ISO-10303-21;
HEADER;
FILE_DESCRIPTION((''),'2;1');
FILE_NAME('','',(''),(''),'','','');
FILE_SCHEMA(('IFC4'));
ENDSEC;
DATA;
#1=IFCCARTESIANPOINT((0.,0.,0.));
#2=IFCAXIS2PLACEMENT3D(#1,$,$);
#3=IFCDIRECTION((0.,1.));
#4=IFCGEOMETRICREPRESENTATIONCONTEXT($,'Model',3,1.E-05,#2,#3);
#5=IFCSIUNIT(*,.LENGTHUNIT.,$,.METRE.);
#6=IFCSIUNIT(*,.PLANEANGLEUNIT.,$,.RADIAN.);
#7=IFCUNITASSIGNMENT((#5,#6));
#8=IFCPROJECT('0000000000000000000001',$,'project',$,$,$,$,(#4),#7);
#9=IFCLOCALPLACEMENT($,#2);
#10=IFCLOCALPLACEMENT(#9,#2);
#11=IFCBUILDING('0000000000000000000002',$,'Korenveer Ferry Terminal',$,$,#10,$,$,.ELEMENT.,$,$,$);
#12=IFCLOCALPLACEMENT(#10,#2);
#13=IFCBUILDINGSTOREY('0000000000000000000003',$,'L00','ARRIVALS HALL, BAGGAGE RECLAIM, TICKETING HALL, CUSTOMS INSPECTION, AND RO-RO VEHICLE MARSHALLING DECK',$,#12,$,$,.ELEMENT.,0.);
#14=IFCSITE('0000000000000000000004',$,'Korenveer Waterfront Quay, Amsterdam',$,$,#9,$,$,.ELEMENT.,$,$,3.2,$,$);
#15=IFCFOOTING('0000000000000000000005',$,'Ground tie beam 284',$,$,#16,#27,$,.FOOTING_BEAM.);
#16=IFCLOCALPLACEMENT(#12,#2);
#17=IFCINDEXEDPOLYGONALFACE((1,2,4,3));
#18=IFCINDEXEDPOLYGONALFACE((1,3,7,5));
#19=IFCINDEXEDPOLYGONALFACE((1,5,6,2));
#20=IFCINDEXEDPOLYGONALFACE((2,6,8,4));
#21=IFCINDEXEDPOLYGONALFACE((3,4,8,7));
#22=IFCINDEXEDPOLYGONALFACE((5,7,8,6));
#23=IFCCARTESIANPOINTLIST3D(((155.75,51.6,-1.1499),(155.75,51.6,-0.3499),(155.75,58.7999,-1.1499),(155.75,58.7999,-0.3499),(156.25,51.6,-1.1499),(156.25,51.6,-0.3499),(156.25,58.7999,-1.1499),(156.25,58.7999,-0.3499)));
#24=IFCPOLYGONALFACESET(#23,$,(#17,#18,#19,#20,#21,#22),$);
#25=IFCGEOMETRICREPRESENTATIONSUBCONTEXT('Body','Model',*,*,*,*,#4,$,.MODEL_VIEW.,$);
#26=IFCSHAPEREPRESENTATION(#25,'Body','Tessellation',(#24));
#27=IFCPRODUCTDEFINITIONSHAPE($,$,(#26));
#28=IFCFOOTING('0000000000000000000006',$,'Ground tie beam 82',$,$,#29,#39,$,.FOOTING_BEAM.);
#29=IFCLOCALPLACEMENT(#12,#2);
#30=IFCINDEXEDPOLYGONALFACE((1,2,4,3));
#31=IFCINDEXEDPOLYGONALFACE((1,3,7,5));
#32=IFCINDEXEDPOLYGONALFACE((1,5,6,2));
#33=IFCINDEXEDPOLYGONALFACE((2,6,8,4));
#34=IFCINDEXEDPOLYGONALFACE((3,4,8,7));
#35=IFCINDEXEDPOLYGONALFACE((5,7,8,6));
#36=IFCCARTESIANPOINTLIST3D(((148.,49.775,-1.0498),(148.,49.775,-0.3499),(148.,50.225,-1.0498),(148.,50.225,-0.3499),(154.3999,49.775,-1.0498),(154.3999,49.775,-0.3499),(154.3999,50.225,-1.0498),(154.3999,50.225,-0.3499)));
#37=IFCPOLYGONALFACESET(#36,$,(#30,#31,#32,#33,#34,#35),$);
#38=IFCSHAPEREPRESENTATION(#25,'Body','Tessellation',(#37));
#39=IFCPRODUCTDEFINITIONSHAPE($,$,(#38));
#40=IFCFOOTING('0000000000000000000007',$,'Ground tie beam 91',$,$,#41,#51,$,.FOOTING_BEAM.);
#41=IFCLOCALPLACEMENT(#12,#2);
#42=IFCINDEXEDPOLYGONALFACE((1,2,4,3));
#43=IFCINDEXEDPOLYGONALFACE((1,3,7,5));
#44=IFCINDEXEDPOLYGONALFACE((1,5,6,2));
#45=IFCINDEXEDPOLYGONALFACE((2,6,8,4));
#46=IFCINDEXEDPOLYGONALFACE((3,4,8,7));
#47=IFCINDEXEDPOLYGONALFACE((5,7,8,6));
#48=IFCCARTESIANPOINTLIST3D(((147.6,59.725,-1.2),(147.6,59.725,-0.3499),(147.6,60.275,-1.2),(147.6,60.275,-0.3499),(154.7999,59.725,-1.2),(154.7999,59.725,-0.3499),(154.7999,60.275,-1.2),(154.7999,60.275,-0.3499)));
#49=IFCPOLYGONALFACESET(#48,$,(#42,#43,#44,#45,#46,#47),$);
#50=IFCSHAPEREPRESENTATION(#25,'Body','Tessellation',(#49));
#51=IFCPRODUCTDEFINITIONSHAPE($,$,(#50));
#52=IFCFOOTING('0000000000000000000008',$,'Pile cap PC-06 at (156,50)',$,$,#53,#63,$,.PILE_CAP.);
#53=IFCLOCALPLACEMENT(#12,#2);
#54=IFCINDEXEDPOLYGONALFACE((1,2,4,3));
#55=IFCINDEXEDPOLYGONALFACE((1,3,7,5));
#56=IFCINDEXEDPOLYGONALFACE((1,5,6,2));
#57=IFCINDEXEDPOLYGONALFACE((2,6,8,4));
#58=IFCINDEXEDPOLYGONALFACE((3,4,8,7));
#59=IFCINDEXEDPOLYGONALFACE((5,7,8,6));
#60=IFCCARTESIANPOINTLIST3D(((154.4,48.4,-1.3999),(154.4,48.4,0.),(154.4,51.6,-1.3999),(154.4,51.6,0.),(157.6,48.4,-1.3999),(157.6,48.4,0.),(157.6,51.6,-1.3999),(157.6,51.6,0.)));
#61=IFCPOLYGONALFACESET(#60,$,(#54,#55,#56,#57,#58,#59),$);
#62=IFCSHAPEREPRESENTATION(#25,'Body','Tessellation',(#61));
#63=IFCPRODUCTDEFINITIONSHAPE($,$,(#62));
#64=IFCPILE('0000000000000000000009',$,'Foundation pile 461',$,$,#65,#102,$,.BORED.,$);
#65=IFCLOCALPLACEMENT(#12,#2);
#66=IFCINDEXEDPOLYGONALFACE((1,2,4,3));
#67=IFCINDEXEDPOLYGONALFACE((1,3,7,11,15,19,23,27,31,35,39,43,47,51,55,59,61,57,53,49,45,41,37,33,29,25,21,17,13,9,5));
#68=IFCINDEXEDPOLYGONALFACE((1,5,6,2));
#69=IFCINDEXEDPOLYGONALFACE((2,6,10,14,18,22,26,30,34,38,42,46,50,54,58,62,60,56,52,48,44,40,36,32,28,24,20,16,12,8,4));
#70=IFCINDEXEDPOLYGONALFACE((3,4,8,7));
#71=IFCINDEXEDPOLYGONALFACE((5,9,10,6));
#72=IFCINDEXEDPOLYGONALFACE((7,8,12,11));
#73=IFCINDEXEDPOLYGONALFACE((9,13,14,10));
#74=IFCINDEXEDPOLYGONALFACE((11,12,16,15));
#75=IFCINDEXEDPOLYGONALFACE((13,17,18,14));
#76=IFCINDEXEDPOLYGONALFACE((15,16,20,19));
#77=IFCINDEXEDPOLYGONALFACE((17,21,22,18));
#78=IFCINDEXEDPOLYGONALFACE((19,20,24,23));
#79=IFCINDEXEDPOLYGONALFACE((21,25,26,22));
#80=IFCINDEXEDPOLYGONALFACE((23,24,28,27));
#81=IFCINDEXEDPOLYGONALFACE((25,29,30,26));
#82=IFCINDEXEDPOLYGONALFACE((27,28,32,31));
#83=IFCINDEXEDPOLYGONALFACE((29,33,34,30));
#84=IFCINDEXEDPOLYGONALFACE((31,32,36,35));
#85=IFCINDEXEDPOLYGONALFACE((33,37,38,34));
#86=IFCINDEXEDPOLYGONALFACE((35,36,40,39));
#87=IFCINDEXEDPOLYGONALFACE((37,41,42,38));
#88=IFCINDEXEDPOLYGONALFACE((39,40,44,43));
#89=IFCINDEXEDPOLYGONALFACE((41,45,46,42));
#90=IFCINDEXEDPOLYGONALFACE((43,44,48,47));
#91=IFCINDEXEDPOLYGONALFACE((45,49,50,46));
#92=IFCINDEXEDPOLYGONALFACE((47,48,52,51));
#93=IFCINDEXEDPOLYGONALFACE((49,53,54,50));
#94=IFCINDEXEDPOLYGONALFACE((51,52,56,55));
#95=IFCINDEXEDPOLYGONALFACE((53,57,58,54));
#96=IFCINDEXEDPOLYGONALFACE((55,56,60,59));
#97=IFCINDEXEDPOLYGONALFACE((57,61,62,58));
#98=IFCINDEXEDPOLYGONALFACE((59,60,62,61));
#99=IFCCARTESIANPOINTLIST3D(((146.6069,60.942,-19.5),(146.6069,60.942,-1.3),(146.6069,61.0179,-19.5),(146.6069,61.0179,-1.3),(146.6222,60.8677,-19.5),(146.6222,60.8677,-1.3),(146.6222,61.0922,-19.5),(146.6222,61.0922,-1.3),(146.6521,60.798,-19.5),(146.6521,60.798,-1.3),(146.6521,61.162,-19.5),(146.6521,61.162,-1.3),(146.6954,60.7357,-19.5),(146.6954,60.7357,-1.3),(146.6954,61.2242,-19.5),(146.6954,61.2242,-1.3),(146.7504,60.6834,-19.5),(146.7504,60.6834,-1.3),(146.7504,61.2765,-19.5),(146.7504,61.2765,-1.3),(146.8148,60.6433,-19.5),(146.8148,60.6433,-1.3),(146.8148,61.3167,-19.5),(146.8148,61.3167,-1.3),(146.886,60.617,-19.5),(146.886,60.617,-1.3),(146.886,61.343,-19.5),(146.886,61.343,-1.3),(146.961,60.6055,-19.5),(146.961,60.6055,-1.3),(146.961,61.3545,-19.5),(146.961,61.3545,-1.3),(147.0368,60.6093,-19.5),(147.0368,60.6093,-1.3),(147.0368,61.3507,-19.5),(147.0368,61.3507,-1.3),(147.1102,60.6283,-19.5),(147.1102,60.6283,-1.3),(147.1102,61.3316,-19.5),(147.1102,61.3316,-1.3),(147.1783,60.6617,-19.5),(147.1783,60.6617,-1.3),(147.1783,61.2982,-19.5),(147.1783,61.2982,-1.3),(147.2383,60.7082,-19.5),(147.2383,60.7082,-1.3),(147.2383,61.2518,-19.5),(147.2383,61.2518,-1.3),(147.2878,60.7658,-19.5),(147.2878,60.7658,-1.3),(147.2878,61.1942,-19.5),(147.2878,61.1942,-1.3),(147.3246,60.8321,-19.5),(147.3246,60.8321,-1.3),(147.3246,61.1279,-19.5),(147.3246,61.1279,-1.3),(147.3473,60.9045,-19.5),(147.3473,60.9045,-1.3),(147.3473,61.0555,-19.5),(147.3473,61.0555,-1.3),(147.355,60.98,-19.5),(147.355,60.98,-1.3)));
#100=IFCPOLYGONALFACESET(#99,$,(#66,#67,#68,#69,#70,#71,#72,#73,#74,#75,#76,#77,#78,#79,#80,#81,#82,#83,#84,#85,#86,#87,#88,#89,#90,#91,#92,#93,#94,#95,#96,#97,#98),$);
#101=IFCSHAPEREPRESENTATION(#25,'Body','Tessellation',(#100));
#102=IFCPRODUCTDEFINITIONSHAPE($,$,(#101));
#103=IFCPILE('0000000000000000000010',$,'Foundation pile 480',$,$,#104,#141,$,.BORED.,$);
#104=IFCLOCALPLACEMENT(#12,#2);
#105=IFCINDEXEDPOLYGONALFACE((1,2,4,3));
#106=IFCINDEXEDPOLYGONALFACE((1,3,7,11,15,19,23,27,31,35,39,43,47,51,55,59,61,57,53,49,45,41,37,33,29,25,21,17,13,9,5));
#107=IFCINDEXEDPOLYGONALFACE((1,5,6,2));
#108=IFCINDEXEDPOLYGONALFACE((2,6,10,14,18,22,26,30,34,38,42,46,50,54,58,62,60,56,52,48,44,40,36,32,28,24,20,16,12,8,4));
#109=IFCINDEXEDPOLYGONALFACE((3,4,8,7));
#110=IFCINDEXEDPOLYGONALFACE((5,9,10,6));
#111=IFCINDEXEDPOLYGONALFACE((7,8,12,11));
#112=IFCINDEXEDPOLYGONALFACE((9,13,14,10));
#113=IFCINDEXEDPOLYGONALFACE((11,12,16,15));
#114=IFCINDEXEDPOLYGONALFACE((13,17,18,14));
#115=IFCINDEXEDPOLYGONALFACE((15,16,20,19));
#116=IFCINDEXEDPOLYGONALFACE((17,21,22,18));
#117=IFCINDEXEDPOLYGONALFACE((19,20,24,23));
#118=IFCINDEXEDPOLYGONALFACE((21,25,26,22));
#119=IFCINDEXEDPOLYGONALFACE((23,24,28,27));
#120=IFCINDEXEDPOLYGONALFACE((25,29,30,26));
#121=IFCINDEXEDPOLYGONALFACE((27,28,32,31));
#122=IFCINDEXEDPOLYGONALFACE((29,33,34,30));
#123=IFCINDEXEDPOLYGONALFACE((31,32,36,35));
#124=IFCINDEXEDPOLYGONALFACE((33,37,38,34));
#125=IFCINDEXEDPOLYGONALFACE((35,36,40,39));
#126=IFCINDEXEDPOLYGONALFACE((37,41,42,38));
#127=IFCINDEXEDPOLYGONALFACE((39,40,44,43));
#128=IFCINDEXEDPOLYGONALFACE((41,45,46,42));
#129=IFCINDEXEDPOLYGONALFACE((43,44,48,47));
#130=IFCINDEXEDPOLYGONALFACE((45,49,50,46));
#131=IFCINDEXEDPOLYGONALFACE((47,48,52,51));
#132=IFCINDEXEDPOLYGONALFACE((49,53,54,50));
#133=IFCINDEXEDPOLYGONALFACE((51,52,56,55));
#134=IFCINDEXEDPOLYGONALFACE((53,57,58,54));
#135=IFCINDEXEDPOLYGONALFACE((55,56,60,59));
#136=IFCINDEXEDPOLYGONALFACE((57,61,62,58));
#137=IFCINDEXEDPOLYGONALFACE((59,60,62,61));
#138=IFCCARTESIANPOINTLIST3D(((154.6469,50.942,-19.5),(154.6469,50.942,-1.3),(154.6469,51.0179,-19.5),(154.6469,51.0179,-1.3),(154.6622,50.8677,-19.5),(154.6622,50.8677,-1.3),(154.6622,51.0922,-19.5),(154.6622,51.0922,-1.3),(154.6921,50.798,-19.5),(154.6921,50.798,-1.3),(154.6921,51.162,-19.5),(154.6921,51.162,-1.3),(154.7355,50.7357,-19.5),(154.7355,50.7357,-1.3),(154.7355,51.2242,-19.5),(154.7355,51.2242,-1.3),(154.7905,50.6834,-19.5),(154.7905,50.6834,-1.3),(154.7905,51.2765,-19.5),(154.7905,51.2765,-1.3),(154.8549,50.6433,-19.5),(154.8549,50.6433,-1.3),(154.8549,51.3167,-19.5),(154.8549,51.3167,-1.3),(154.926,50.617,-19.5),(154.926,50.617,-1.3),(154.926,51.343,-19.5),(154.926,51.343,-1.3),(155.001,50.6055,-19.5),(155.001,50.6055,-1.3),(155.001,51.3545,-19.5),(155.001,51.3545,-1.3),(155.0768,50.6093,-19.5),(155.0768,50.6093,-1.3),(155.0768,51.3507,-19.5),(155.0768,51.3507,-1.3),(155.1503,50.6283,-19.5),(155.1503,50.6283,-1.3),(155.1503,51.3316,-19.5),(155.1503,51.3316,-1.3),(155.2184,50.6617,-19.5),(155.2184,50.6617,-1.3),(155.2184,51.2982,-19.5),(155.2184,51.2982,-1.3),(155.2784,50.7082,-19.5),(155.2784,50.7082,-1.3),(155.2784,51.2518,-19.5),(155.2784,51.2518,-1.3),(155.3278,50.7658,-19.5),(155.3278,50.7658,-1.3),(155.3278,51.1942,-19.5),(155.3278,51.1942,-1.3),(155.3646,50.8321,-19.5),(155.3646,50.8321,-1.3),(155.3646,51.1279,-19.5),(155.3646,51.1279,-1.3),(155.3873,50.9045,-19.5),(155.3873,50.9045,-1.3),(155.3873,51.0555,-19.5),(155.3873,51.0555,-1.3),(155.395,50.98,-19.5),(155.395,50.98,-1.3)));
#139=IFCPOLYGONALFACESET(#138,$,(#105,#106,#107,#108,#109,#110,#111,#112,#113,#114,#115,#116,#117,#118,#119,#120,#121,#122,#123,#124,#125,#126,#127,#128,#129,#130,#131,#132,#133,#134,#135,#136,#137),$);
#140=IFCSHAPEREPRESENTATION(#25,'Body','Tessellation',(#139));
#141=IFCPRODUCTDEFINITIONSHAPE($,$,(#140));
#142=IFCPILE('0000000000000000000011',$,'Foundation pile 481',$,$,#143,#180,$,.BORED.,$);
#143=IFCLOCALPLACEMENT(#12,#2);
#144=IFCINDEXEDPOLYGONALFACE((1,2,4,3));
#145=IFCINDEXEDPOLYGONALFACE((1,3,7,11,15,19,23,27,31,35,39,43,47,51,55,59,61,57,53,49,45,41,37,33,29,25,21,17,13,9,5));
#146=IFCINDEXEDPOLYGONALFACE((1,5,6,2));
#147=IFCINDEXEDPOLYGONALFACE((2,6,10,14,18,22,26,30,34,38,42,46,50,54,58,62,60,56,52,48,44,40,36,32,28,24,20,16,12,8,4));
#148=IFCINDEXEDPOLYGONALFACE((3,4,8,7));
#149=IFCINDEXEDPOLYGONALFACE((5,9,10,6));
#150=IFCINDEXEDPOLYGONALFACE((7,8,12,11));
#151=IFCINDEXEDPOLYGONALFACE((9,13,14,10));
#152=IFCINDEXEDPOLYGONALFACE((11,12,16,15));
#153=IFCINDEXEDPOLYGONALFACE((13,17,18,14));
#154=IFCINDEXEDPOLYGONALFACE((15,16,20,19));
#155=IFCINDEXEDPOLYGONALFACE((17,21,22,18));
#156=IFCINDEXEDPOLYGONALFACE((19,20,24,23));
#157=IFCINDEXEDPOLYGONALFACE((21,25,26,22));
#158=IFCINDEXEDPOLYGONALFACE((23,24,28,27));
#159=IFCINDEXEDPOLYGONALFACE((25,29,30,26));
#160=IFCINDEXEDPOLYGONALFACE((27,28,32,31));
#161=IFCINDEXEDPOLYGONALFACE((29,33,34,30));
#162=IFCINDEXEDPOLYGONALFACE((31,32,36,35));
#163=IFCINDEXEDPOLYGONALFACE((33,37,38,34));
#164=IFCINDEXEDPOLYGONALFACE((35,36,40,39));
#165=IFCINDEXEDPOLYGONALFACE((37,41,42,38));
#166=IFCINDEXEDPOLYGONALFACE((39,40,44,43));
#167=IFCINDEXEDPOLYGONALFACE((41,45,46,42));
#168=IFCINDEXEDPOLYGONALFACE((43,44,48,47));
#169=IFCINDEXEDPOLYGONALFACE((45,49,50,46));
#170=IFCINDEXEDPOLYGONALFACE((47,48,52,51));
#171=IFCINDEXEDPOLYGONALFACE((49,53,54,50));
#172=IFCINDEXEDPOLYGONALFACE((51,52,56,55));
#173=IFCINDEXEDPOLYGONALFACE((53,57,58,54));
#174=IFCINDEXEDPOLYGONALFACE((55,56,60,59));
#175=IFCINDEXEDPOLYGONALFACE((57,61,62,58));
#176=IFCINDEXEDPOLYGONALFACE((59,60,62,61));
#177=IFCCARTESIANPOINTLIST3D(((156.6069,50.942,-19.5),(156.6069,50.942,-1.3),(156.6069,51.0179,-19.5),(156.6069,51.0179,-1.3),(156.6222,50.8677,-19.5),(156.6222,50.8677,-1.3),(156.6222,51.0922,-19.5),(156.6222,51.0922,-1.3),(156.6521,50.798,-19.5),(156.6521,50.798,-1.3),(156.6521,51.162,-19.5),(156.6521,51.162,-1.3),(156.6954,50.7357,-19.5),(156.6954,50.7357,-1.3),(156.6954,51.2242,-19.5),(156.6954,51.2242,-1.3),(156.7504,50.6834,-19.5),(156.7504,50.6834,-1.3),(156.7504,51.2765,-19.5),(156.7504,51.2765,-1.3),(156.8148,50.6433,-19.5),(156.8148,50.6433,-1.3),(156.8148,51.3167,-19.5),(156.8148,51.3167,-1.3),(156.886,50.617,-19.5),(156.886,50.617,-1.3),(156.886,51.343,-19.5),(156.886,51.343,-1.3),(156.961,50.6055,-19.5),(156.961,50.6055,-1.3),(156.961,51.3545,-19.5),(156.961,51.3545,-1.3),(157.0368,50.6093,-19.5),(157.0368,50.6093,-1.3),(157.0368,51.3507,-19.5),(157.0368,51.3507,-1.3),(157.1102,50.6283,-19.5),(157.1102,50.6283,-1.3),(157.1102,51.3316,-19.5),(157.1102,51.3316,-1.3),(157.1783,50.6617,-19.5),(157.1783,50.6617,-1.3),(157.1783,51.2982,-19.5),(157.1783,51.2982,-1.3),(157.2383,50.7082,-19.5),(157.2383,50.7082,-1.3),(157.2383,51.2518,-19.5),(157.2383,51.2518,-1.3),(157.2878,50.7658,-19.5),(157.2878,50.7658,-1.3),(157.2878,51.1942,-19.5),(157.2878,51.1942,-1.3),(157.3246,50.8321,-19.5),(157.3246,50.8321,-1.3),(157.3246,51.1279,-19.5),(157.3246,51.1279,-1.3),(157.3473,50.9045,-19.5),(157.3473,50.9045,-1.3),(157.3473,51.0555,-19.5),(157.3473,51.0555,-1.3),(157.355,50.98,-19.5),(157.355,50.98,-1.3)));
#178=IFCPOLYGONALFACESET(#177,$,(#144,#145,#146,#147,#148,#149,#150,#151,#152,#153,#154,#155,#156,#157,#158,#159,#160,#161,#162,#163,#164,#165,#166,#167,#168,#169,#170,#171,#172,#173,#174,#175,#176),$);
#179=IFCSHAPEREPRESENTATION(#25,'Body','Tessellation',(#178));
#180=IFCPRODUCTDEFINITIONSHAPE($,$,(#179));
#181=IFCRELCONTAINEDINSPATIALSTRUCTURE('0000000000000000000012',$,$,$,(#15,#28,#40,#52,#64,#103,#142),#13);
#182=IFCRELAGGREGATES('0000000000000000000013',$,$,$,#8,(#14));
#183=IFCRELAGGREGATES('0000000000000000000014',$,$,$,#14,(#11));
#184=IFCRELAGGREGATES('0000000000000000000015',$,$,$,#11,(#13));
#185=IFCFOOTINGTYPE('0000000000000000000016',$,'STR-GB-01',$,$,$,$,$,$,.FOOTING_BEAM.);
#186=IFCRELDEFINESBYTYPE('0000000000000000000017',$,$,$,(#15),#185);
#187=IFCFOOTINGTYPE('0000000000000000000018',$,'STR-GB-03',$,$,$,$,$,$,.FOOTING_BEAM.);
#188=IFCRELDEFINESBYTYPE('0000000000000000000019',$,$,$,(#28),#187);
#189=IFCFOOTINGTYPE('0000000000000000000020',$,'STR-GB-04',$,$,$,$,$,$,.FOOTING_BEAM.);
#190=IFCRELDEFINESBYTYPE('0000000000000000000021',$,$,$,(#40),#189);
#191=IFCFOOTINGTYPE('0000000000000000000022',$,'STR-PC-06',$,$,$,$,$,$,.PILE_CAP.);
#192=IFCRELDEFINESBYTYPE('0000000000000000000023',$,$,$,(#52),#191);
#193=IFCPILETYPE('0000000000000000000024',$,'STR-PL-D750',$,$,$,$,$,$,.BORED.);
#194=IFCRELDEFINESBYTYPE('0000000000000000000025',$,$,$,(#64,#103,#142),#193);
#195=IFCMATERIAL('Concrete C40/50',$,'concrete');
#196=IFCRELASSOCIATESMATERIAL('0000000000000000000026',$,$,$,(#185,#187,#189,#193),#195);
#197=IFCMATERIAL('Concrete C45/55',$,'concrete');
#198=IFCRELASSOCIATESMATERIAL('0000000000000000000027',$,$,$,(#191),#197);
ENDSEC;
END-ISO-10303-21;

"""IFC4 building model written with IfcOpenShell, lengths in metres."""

from ifc_helpers import new_model, si_unit, direction, frame, origin, origin_2d, place, context, subcontext, project, spatial, rectangle, circle, extrude, material, material_profile, profile_set, type_object, element, save


model = new_model("IFC4")

# Units and contexts
model_context = context("Model", 3, precision=1e-05, world=origin(), true_north=direction((0.0, 1.0)))
body_context = subcontext(model_context, "Body", "Model", "MODEL_VIEW")
ifc_project = project(units=[si_unit("LENGTHUNIT", "METRE"), si_unit("PLANEANGLEUNIT", "RADIAN")], contexts=[model_context])

# Site, building, storey
site_placement = place(None, origin())
site = spatial("IfcSite", under=ifc_project, at=site_placement, Name="Korenveer Waterfront Quay, Amsterdam", CompositionType="ELEMENT", RefElevation=3.2)
building_placement = place(site_placement, origin())
building = spatial("IfcBuilding", under=site, at=building_placement, Name="Korenveer Ferry Terminal", CompositionType="ELEMENT")
storey_placement = place(building_placement, origin())
storey = spatial("IfcBuildingStorey", under=building, at=storey_placement, Name="L00", Description="ARRIVALS HALL, BAGGAGE RECLAIM, TICKETING HALL, CUSTOMS INSPECTION, AND RO-RO VEHICLE MARSHALLING DECK", CompositionType="ELEMENT", Elevation=0.0)

# Footings
ifc_material_1 = material(Name="Concrete C40/50", Category="concrete")
footing_type_1 = type_object("IfcFootingType", Name="STR-GB-01", PredefinedType="FOOTING_BEAM", material=ifc_material_1)
footing_1_placement = place(storey_placement, frame((156.0, 55.2, -1.1499), z_axis=(0.0, 0.0, 1.0), x_axis=(1.0, 0.0, 0.0)))
element("IfcFooting", 1, at=footing_1_placement, inside=storey, type_object=footing_type_1, Name="Ground tie beam 284", PredefinedType="FOOTING_BEAM", context=body_context, shape_type="SweptSolid", body=[
    extrude(rectangle(XDim=0.5, YDim=7.2, at=origin_2d()), origin(), (0.0, 0.0, 1.0), 0.8),
])
footing_type_2 = type_object("IfcFootingType", Name="STR-GB-03", PredefinedType="FOOTING_BEAM", material=ifc_material_1)
footing_2_placement = place(storey_placement, frame((151.2, 50.0, -1.0498), z_axis=(0.0, 0.0, 1.0), x_axis=(1.0, 0.0, 0.0)))
element("IfcFooting", 2, at=footing_2_placement, inside=storey, type_object=footing_type_2, Name="Ground tie beam 82", PredefinedType="FOOTING_BEAM", context=body_context, shape_type="SweptSolid", body=[
    extrude(rectangle(XDim=6.3999, YDim=0.45, at=origin_2d()), origin(), (0.0, 0.0, 1.0), 0.7),
])
footing_type_3 = type_object("IfcFootingType", Name="STR-GB-04", PredefinedType="FOOTING_BEAM", material=ifc_material_1)
footing_3_placement = place(storey_placement, frame((151.2, 60.0, -1.2), z_axis=(0.0, 0.0, 1.0), x_axis=(1.0, 0.0, 0.0)))
element("IfcFooting", 3, at=footing_3_placement, inside=storey, type_object=footing_type_3, Name="Ground tie beam 91", PredefinedType="FOOTING_BEAM", context=body_context, shape_type="SweptSolid", body=[
    extrude(rectangle(XDim=7.2, YDim=0.55, at=origin_2d()), origin(), (0.0, 0.0, 1.0), 0.8501),
])
ifc_material_2 = material(Name="Concrete C45/55", Category="concrete")
footing_type_4 = type_object("IfcFootingType", Name="STR-PC-06", PredefinedType="PILE_CAP", material=ifc_material_2)
footing_4_placement = place(storey_placement, frame((156.0, 50.0, -1.3999), z_axis=(0.0, 0.0, 1.0), x_axis=(1.0, 0.0, 0.0)))
element("IfcFooting", 4, at=footing_4_placement, inside=storey, type_object=footing_type_4, Name="Pile cap PC-06 at (156,50)", PredefinedType="PILE_CAP", context=body_context, shape_type="SweptSolid", body=[
    extrude(rectangle(XDim=3.2, YDim=3.2, at=origin_2d()), origin(), (0.0, 0.0, 1.0), 1.3999),
])

# Piles
ifc_material_profile_1 = material_profile(ifc_material_1, circle(Radius=0.375, at=origin_2d()), Name="PILE D750")
ifc_profile_set_1 = profile_set([ifc_material_profile_1], Name="Concrete C40/50")
pile_type_1 = type_object("IfcPileType", Name="STR-PL-D750", PredefinedType="BORED", material=ifc_profile_set_1)
for number, where, z_axis, x_axis, name in (
    (5, (146.98, 60.98, -1.3), (0.0, 0.0, -1.0), (1.0, 0.0, 0.0), "Foundation pile 461"),
    (6, (155.02, 50.98, -1.3), (0.0, 0.0, -1.0), (1.0, 0.0, 0.0), "Foundation pile 480"),
    (7, (156.98, 50.98, -1.3), (0.0, 0.0, -1.0), (1.0, 0.0, 0.0), "Foundation pile 481"),
):
    element("IfcPile", number, at=place(storey_placement, frame(where, z_axis=z_axis, x_axis=x_axis)), inside=storey, type_object=pile_type_1, Name=name, PredefinedType="BORED", context=body_context, shape_type="SweptSolid", body=[
        extrude(circle(Radius=0.375, at=origin_2d()), origin(), (0.0, 0.0, 1.0), 18.2),
    ])

save(model, "model.ifc")
